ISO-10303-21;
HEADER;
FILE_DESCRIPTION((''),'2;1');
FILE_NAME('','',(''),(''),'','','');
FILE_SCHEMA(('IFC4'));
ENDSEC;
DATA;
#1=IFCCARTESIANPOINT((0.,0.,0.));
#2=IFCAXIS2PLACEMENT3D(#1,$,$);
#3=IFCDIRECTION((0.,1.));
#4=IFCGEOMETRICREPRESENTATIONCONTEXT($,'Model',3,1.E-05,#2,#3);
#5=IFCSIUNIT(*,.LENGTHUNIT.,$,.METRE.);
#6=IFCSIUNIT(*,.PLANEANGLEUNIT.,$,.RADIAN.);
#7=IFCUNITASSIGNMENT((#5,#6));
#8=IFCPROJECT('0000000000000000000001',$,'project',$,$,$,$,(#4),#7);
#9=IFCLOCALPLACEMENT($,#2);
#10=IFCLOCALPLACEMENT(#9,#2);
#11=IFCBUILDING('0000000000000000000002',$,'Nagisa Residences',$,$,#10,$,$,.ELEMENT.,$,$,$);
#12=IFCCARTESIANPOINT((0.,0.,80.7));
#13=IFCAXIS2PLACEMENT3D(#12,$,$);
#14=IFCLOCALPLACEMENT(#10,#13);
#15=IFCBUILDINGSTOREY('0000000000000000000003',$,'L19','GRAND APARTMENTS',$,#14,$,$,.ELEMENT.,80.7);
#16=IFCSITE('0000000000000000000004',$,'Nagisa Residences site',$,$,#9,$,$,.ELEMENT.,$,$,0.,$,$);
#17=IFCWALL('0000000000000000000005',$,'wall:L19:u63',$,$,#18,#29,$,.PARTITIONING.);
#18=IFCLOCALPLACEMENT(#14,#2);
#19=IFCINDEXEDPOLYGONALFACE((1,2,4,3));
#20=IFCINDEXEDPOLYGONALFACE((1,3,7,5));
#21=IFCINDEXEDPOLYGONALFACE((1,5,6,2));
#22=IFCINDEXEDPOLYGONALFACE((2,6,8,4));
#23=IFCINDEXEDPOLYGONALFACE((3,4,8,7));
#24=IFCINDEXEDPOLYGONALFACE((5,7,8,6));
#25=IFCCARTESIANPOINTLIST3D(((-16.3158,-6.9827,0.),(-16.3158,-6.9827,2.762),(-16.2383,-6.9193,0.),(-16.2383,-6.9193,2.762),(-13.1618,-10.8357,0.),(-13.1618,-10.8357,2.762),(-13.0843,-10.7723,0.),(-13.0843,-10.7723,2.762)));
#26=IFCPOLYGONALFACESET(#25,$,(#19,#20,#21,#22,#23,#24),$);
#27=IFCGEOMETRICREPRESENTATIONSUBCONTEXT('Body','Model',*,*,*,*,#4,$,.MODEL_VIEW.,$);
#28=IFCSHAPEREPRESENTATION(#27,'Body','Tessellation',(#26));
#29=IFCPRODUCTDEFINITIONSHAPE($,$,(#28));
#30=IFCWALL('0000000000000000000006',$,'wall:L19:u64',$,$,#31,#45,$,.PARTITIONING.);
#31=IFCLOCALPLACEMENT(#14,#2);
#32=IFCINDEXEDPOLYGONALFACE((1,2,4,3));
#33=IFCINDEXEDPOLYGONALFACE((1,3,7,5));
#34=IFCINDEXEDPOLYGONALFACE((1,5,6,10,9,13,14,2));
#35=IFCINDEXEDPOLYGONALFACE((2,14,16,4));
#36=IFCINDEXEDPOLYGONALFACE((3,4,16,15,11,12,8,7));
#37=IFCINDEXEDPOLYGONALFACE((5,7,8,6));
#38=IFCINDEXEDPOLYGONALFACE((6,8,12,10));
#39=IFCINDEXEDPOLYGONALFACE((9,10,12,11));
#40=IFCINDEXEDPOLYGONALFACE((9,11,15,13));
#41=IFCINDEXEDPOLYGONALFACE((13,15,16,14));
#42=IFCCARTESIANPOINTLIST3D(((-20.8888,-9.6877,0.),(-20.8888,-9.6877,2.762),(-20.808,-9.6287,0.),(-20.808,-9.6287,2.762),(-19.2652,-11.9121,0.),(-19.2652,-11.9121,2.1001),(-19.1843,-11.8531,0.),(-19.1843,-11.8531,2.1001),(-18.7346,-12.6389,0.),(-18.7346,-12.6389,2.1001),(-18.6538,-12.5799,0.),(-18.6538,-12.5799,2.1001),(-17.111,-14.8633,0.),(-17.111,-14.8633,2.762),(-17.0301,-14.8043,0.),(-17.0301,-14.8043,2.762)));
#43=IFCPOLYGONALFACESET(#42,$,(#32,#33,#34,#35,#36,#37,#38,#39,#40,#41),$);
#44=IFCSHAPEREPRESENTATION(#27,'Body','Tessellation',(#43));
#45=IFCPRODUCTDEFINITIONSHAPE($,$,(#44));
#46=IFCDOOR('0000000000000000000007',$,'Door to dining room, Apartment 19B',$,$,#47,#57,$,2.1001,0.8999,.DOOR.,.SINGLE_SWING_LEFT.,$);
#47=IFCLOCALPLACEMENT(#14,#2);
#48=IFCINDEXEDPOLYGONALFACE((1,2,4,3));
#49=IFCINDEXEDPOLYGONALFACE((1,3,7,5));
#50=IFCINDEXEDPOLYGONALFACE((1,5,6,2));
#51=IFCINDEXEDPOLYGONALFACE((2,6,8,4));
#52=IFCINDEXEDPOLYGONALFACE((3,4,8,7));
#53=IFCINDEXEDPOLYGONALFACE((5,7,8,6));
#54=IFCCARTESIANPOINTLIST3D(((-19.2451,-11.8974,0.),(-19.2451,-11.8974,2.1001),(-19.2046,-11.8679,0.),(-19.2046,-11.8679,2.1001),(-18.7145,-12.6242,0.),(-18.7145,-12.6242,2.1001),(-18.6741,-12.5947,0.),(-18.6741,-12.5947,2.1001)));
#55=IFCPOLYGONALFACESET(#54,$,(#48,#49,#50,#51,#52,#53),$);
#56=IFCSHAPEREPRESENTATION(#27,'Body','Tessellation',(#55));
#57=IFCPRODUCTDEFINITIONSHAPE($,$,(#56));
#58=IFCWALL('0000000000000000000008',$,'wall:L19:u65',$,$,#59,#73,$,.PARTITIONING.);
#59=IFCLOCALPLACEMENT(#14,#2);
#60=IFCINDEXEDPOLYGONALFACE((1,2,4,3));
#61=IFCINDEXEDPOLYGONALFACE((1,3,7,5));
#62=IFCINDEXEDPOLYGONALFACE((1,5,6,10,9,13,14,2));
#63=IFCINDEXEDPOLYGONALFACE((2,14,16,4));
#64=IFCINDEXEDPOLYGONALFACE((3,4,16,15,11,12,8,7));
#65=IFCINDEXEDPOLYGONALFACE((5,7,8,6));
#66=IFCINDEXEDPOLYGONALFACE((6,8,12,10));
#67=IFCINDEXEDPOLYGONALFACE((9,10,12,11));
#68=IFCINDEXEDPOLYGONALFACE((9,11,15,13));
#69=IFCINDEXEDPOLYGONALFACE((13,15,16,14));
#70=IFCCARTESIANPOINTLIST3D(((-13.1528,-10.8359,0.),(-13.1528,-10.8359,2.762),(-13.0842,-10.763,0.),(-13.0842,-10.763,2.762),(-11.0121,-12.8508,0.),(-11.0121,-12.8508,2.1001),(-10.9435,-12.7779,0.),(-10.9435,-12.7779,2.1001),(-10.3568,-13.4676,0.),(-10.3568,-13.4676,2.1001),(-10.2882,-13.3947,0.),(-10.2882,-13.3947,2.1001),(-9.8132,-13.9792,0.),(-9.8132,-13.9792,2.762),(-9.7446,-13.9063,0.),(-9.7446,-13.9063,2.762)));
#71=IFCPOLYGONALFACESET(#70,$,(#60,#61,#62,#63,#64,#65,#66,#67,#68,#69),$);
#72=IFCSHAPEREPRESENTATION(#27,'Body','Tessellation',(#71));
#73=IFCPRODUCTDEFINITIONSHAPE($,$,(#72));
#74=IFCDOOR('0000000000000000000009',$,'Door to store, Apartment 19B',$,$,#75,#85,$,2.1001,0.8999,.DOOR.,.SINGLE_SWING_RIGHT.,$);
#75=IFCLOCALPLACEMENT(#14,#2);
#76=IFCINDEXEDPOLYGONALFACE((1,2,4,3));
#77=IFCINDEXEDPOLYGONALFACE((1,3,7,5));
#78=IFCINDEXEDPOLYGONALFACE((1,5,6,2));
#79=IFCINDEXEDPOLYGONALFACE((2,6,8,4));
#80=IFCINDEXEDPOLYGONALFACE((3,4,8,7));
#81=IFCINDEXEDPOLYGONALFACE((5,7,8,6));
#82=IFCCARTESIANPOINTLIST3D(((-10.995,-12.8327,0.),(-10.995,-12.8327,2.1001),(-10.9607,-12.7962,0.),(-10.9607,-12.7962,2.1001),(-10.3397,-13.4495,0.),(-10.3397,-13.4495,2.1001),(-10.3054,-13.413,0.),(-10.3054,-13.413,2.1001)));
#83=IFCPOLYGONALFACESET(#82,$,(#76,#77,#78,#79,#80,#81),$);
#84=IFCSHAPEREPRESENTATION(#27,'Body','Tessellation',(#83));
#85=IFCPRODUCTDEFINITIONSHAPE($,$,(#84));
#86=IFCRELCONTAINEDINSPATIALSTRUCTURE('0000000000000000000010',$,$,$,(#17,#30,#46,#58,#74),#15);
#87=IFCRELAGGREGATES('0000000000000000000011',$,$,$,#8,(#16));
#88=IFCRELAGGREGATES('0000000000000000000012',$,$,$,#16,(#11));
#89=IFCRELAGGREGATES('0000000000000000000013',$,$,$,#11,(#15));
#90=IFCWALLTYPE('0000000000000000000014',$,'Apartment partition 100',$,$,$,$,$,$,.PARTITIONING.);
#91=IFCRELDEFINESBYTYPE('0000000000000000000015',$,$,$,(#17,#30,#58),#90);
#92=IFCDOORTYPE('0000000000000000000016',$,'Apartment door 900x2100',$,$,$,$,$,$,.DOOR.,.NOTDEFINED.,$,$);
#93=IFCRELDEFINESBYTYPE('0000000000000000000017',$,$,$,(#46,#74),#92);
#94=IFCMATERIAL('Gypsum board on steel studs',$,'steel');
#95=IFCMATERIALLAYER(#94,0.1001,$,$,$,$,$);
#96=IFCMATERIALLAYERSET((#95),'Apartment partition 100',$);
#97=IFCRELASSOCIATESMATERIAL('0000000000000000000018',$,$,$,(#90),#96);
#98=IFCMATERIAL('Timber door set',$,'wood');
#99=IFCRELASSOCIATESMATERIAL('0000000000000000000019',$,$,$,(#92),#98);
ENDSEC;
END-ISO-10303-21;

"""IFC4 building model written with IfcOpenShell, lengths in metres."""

from ifc_helpers import new_model, si_unit, direction, frame, frame_2d, origin, place, context, subcontext, project, spatial, rectangle, extrude, material, layer, layer_set, type_object, element, fill, save


model = new_model("IFC4")

# Units and contexts
model_context = context("Model", 3, precision=1e-05, world=origin(), true_north=direction((0.0, 1.0)))
body_context = subcontext(model_context, "Body", "Model", "MODEL_VIEW")
ifc_project = project(units=[si_unit("LENGTHUNIT", "METRE"), si_unit("PLANEANGLEUNIT", "RADIAN")], contexts=[model_context])

# Site, building, storey
site_placement = place(None, origin())
site = spatial("IfcSite", under=ifc_project, at=site_placement, Name="Nagisa Residences site", CompositionType="ELEMENT", RefElevation=0.0)
building_placement = place(site_placement, origin())
building = spatial("IfcBuilding", under=site, at=building_placement, Name="Nagisa Residences", CompositionType="ELEMENT")
storey_placement = place(building_placement, frame((0.0, 0.0, 80.7)))
storey = spatial("IfcBuildingStorey", under=building, at=storey_placement, Name="L19", Description="GRAND APARTMENTS", CompositionType="ELEMENT", Elevation=80.7)

# Shared definitions
ifc_material_1 = material(Name="Gypsum board on steel studs", Category="steel")
ifc_layer_1 = layer(ifc_material_1, 0.1001)
ifc_layer_set_1 = layer_set([ifc_layer_1], Name="Apartment partition 100")
wall_type_1 = type_object("IfcWallType", Name="Apartment partition 100", PredefinedType="PARTITIONING", material=ifc_layer_set_1)
ifc_material_2 = material(Name="Timber door set", Category="wood")
door_type_1 = type_object("IfcDoorType", Name="Apartment door 900x2100", OperationType="NOTDEFINED", PredefinedType="DOOR", material=ifc_material_2)

# Wall
wall_1_placement = place(storey_placement, frame((-16.2771, -6.9509, 0.0), z_axis=(0.0, 0.0, 1.0), x_axis=(0.633427, -0.773802, 0.0)))
element("IfcWall", 1, at=wall_1_placement, inside=storey, type_object=wall_type_1, Name="wall:L19:u63", PredefinedType="PARTITIONING", context=body_context, shape_type="SweptSolid", body=[
    extrude(rectangle(XDim=4.9792, YDim=0.1001, at=frame_2d((2.4897, 0.0))), origin(), (0.0, 0.0, 1.0), 2.762),
])

# Walls, openings, doors
wall_2_placement = place(storey_placement, frame((-20.8484, -9.6582, 0.0), z_axis=(0.0, 0.0, 1.0), x_axis=(0.58958, -0.80771, 0.0)))
wall_2 = element("IfcWall", 2, at=wall_2_placement, inside=storey, type_object=wall_type_1, Name="wall:L19:u64", PredefinedType="PARTITIONING", context=body_context, shape_type="SweptSolid", body=[
    extrude(rectangle(XDim=6.4077, YDim=0.1001, at=frame_2d((3.2039, 0.0))), origin(), (0.0, 0.0, 1.0), 2.762),
])
opening_1_placement = place(wall_2_placement, frame((2.7539, 0.0, 0.0)))
opening_1 = element("IfcOpeningElement", 3, at=opening_1_placement, cuts=wall_2, PredefinedType="OPENING", context=body_context, shape_type="SweptSolid", body=[
    extrude(rectangle(XDim=0.8999, YDim=2.1001, at=frame_2d((0.45, 1.05))), frame((0.0, 0.0601, 0.0), z_axis=(0.0, -1.0, 0.0), x_axis=(1.0, 0.0, 0.0)), (0.0, 0.0, 1.0), 0.1201),
])
door_1_placement = place(opening_1_placement, origin())
door_1 = element("IfcDoor", 4, at=door_1_placement, inside=storey, type_object=door_type_1, Name="Door to dining room, Apartment 19B", OperationType="SINGLE_SWING_LEFT", OverallHeight=2.1001, OverallWidth=0.8999, PredefinedType="DOOR", context=body_context, shape_type="SweptSolid", body=[
    extrude(rectangle(XDim=0.8999, YDim=2.1001, at=frame_2d((0.45, 1.05))), frame((0.0, 0.0249, 0.0), z_axis=(0.0, -1.0, 0.0), x_axis=(1.0, 0.0, 0.0)), (0.0, 0.0, 1.0), 0.05),
])
fill(opening_1, door_1)
wall_3_placement = place(storey_placement, frame((-13.1184, -10.7996, 0.0), z_axis=(0.0, 0.0, 1.0), x_axis=(0.728183, -0.685383, 0.0)))
wall_3 = element("IfcWall", 5, at=wall_3_placement, inside=storey, type_object=wall_type_1, Name="wall:L19:u65", PredefinedType="PARTITIONING", context=body_context, shape_type="SweptSolid", body=[
    extrude(rectangle(XDim=4.5862, YDim=0.1001, at=frame_2d((2.293, 0.0))), origin(), (0.0, 0.0, 1.0), 2.762),
])
opening_2_placement = place(wall_3_placement, frame((2.9397, 0.0, 0.0)))
opening_2 = element("IfcOpeningElement", 6, at=opening_2_placement, cuts=wall_3, PredefinedType="OPENING", context=body_context, shape_type="SweptSolid", body=[
    extrude(rectangle(XDim=0.8999, YDim=2.1001, at=frame_2d((0.45, 1.05))), frame((0.0, 0.0601, 0.0), z_axis=(0.0, -1.0, 0.0), x_axis=(1.0, 0.0, 0.0)), (0.0, 0.0, 1.0), 0.1201),
])
door_2_placement = place(opening_2_placement, origin())
door_2 = element("IfcDoor", 7, at=door_2_placement, inside=storey, type_object=door_type_1, Name="Door to store, Apartment 19B", OperationType="SINGLE_SWING_RIGHT", OverallHeight=2.1001, OverallWidth=0.8999, PredefinedType="DOOR", context=body_context, shape_type="SweptSolid", body=[
    extrude(rectangle(XDim=0.8999, YDim=2.1001, at=frame_2d((0.45, 1.05))), frame((0.0, 0.0249, 0.0), z_axis=(0.0, -1.0, 0.0), x_axis=(1.0, 0.0, 0.0)), (0.0, 0.0, 1.0), 0.05),
])
fill(opening_2, door_2)

save(model, "model.ifc")
